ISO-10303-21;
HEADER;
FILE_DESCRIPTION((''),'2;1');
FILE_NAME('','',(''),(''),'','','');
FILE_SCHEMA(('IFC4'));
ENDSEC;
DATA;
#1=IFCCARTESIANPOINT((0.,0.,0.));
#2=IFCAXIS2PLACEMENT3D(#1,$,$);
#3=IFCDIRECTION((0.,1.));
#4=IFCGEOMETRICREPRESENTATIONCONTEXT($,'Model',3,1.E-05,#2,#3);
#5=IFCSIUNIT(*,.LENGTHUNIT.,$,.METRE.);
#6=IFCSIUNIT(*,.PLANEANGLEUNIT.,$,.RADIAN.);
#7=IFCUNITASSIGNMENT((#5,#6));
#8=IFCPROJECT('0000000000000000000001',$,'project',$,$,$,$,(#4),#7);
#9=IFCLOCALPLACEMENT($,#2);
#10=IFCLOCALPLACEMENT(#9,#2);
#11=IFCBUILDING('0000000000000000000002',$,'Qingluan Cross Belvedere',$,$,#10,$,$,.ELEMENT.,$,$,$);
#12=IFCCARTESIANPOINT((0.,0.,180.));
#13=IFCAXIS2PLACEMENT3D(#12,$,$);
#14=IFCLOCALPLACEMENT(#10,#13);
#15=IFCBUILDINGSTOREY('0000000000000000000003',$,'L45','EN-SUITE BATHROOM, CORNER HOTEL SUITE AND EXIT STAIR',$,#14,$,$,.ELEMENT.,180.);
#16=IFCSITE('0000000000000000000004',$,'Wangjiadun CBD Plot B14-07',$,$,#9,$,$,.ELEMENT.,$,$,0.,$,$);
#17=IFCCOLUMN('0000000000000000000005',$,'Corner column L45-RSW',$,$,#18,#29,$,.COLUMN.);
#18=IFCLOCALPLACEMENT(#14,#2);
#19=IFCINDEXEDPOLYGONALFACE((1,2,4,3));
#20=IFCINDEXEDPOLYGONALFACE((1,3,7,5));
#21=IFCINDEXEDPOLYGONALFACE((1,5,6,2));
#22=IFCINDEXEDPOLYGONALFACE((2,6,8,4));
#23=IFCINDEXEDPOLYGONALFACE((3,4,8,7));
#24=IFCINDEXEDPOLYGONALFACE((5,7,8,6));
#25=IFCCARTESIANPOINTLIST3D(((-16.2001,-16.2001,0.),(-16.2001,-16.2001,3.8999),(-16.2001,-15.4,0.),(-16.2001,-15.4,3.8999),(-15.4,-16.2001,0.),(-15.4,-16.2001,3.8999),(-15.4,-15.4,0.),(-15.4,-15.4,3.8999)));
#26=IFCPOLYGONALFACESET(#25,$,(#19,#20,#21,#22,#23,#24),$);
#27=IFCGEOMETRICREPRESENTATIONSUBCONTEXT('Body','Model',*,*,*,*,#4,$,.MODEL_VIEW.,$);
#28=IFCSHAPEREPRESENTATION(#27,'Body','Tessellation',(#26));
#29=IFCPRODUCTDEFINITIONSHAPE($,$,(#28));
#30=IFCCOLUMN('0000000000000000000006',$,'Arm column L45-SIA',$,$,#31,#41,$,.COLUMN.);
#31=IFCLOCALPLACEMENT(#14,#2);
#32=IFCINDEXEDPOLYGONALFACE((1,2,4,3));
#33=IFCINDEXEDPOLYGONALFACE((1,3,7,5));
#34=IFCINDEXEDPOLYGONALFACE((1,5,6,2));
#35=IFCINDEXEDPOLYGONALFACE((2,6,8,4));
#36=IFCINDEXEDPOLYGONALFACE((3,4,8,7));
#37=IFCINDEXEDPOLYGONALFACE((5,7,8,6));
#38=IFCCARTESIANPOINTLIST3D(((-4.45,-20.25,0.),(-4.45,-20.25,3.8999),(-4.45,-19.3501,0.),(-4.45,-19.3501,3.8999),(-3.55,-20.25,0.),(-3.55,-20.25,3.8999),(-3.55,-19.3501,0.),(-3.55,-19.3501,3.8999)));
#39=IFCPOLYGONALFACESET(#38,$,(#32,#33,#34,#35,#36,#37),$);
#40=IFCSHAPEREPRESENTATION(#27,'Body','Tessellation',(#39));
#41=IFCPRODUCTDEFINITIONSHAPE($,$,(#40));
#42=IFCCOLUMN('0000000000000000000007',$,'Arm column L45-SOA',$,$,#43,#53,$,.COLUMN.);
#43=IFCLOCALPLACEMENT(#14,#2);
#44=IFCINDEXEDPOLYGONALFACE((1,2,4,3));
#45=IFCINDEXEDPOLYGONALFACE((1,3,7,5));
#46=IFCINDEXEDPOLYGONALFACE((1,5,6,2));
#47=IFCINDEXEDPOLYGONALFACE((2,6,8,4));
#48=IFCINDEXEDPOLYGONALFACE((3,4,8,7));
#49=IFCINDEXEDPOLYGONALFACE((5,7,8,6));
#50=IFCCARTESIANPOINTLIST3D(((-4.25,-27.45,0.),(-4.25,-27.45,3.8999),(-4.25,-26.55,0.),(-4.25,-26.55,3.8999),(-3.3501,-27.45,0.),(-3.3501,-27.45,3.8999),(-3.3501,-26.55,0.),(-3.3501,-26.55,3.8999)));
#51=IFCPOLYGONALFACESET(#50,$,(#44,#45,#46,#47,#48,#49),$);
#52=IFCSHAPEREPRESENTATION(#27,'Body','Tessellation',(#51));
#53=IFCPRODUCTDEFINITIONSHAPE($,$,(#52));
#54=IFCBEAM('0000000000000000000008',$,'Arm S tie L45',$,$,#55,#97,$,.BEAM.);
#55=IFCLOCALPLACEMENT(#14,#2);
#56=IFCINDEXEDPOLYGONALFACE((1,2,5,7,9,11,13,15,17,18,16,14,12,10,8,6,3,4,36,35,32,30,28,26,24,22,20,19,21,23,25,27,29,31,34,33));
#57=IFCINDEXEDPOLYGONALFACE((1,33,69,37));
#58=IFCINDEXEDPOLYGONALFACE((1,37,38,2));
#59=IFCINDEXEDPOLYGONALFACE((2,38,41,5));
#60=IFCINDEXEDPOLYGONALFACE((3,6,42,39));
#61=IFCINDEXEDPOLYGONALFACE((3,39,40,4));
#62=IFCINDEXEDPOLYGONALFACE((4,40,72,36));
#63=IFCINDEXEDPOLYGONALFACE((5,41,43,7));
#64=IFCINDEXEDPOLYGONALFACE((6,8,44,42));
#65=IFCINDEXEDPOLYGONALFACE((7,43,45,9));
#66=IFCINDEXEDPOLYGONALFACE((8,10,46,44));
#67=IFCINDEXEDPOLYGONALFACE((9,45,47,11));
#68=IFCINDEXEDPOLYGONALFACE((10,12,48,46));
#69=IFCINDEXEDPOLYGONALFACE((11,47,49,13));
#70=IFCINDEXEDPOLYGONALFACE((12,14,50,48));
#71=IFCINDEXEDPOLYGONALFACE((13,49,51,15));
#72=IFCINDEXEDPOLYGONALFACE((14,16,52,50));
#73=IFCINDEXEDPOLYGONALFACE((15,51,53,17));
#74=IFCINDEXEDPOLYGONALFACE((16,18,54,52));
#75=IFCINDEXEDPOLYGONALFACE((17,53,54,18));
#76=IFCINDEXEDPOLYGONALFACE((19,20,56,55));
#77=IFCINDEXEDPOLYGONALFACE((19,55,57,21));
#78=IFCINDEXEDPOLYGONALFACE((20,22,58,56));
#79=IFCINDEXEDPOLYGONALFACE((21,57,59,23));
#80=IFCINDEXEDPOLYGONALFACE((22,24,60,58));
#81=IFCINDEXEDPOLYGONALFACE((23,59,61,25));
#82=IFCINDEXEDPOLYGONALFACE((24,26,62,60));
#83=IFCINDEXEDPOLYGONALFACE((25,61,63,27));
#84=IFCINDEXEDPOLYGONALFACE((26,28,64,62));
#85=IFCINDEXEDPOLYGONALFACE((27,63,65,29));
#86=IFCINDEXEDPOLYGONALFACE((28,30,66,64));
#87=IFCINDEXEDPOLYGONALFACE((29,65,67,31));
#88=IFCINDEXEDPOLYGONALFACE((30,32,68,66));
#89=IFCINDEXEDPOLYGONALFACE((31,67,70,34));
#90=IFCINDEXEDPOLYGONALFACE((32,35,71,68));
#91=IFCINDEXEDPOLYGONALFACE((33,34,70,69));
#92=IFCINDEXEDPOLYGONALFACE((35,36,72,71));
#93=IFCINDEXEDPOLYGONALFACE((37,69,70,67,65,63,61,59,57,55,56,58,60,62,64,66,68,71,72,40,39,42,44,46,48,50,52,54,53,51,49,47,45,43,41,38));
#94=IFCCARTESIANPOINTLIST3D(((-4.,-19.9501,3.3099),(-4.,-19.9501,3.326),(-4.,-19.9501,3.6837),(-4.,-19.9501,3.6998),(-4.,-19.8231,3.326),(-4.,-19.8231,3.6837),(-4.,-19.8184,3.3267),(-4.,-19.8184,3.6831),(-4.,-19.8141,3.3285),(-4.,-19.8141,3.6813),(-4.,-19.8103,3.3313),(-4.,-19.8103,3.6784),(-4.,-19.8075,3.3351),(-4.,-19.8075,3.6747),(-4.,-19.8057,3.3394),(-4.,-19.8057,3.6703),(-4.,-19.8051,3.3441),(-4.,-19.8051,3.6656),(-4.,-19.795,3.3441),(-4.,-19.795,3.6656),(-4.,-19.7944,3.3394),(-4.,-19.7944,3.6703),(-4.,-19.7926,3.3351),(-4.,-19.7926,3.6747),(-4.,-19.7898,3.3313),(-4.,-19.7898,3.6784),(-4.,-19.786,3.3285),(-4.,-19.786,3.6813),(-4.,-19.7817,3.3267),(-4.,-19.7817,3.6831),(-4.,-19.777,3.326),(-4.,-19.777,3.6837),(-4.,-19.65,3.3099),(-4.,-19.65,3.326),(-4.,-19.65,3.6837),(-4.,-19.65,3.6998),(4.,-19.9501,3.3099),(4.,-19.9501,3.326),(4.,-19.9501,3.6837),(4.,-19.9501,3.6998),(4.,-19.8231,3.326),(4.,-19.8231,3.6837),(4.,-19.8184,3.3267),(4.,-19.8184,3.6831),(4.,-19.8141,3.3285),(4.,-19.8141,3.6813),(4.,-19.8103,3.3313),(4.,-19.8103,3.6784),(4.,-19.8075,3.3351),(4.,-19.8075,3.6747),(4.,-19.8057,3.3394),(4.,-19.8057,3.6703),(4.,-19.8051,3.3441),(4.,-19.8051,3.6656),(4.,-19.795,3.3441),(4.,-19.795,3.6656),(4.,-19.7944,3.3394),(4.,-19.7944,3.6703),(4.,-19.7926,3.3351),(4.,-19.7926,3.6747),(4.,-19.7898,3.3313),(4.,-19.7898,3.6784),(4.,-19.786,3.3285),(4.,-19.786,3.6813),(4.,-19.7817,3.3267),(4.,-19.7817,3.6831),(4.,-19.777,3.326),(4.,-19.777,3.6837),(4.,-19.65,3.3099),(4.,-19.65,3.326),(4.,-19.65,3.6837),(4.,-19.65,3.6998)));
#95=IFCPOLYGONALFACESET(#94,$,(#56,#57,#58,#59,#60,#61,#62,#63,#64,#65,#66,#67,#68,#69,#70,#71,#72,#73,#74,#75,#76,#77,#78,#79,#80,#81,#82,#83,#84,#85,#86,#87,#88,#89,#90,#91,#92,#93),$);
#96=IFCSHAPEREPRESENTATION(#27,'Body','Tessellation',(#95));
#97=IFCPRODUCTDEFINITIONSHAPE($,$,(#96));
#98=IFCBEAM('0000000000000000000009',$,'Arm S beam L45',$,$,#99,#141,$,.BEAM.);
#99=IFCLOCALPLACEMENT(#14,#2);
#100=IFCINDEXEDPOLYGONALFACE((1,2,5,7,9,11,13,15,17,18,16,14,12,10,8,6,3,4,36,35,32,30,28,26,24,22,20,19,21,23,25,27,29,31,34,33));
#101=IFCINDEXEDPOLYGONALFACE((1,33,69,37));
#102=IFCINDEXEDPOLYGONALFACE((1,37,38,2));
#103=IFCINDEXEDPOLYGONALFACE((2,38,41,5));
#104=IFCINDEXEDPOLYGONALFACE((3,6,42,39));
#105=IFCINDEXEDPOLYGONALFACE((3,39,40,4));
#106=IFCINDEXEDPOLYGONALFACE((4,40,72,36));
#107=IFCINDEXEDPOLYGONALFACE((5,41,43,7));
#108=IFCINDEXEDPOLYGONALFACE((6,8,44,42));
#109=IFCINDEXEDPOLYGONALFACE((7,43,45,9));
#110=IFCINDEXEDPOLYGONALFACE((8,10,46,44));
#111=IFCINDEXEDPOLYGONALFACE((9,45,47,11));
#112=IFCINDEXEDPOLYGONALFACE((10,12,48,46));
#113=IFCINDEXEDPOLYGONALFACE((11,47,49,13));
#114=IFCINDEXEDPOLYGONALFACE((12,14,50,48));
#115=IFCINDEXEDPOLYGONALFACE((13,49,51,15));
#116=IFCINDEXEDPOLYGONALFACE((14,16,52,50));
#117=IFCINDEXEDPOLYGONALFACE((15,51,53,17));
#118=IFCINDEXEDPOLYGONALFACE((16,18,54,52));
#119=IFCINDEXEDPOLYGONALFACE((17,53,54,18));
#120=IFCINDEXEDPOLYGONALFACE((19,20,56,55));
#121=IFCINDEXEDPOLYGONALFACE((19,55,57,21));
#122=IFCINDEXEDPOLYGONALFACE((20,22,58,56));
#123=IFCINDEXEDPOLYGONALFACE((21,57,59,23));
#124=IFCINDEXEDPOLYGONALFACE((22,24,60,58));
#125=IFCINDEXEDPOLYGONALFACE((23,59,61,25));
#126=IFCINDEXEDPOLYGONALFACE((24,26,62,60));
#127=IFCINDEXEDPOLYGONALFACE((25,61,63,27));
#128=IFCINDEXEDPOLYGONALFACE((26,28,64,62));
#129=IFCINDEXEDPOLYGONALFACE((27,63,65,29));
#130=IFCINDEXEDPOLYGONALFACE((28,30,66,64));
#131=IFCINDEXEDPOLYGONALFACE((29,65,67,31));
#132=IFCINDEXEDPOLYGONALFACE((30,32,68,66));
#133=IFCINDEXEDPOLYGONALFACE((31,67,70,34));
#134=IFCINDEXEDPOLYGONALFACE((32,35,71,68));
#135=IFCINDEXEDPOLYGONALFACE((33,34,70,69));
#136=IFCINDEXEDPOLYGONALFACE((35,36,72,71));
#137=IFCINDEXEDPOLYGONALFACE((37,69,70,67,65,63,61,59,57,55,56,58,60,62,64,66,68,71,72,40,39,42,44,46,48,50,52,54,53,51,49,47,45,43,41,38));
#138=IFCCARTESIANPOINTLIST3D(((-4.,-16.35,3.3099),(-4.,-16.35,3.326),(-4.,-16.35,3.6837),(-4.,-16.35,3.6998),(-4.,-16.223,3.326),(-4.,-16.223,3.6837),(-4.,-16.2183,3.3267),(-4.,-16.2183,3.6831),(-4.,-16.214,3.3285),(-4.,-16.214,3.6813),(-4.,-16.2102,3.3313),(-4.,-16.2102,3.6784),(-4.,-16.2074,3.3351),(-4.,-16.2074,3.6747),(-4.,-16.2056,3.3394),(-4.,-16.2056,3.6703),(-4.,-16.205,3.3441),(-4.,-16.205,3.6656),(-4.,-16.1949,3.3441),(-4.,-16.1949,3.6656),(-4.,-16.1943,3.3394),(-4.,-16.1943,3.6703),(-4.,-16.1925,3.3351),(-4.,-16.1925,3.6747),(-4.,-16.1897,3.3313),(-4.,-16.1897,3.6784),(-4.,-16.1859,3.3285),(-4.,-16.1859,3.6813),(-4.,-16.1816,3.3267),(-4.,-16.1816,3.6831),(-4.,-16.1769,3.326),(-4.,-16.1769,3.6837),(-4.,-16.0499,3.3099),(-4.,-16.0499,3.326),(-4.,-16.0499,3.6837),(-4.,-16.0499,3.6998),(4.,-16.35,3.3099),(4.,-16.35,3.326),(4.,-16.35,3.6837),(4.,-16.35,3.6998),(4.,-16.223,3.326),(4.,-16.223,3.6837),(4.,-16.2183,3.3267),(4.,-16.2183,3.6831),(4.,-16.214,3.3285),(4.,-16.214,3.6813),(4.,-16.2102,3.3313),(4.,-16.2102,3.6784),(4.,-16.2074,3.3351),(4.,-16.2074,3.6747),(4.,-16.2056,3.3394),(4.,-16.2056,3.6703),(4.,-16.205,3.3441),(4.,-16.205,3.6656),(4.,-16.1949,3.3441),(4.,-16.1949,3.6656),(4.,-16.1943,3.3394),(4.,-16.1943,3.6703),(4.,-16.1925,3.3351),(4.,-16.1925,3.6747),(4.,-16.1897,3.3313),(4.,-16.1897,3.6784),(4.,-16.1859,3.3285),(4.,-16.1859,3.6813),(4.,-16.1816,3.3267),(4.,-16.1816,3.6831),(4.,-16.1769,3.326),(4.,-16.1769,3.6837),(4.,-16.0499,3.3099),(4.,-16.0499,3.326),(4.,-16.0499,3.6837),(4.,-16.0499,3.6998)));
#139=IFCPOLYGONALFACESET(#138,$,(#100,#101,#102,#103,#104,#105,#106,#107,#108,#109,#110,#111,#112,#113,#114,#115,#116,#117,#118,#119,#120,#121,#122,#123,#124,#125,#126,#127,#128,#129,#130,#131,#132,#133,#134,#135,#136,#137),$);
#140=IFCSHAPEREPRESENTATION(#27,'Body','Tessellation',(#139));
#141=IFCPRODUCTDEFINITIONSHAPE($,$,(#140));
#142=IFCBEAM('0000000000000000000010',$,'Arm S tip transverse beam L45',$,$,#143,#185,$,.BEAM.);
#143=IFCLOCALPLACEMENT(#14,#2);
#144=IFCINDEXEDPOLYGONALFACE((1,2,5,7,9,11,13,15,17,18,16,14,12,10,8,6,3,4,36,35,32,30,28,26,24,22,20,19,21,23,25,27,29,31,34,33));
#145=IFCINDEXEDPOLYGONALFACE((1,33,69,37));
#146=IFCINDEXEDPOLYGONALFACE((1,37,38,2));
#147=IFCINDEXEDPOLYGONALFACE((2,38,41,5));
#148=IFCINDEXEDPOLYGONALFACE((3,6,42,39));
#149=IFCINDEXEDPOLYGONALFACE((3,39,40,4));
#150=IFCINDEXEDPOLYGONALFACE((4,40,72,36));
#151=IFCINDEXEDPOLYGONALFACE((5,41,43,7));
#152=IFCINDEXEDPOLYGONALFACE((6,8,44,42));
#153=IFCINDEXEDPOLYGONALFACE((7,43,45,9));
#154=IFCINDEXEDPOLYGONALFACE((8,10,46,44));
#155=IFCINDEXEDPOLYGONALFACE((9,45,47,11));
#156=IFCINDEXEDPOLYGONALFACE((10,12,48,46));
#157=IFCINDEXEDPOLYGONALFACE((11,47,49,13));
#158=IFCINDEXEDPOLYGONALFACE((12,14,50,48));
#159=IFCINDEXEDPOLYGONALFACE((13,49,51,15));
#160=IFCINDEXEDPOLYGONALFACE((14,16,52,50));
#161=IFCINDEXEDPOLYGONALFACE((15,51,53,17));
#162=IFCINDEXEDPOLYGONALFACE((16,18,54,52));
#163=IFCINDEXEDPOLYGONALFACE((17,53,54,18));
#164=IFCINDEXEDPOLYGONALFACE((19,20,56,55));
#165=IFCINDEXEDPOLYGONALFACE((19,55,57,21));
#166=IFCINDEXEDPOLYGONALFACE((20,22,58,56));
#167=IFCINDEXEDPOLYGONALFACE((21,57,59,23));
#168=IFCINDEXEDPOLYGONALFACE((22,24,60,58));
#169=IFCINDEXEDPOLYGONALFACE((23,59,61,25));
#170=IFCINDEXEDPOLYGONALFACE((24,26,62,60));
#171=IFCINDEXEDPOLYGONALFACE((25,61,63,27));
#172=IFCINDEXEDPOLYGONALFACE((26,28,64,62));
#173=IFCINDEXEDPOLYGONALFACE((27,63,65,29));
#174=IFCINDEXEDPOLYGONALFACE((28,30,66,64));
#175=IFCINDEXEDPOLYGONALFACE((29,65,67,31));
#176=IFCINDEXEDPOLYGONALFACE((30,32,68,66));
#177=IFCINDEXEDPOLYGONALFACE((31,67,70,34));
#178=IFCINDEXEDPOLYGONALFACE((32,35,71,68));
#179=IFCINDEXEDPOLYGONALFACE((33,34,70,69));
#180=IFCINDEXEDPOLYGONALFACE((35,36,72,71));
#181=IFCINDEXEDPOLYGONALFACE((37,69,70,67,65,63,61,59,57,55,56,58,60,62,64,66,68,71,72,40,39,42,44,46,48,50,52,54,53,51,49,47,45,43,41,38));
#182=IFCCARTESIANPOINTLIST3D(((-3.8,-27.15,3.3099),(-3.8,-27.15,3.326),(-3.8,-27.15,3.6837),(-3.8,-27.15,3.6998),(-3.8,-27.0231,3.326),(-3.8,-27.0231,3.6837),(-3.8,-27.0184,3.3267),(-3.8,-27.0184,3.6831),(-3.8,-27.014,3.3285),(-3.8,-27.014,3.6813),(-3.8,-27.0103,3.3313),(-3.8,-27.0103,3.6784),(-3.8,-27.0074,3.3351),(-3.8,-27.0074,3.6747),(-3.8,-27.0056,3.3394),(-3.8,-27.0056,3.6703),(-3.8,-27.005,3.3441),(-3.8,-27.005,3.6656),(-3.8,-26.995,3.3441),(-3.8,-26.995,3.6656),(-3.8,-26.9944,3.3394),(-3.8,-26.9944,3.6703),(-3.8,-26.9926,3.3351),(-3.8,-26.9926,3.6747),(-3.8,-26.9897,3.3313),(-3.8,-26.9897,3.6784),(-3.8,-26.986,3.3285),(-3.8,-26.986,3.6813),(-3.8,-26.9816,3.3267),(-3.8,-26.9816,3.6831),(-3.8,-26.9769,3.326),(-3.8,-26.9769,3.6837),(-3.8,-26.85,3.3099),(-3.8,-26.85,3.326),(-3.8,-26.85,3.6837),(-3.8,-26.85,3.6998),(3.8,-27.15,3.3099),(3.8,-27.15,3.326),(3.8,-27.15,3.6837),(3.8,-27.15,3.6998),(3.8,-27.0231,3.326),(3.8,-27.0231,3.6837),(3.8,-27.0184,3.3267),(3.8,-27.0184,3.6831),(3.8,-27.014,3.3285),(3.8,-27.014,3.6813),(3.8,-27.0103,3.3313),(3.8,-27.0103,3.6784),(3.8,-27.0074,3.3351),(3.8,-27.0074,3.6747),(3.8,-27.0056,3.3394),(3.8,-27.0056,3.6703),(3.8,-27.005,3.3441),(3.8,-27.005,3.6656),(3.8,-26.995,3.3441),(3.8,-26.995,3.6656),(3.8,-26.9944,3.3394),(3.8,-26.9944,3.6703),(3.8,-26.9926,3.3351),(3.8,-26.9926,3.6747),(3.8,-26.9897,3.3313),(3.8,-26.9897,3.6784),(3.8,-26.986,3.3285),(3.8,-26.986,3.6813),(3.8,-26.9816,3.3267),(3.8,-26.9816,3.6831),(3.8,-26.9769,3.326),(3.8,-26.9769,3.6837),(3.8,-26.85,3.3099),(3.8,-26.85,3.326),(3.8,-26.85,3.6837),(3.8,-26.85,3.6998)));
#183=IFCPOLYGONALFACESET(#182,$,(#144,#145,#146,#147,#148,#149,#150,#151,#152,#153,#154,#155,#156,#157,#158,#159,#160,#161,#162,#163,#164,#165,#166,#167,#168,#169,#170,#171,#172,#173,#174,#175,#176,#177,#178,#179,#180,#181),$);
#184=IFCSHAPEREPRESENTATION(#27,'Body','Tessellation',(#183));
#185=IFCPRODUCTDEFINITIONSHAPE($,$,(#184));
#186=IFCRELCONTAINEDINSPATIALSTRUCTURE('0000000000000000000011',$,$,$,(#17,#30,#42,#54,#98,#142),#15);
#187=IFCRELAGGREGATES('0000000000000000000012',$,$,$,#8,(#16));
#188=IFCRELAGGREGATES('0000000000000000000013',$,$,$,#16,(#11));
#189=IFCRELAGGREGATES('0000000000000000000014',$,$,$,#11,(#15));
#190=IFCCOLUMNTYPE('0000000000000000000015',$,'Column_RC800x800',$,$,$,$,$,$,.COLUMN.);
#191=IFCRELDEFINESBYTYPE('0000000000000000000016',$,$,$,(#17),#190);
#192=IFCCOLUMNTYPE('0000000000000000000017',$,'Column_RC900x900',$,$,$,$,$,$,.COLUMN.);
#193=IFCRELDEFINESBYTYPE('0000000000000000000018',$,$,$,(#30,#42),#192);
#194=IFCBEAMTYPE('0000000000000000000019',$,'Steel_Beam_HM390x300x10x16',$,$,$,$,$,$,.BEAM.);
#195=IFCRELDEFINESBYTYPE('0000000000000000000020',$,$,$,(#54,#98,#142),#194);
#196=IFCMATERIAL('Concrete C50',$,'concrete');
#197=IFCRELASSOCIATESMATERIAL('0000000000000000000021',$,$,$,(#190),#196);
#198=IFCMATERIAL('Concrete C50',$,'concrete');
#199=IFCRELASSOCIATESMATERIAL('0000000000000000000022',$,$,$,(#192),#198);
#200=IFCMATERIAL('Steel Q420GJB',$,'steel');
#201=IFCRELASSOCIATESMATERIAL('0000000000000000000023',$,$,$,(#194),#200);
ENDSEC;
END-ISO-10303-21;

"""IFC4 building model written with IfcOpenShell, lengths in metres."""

from ifc_helpers import new_model, si_unit, direction, frame, origin, origin_2d, place, context, subcontext, project, spatial, rectangle, i_section, extrude, material, material_profile, profile_set, type_object, element, save


model = new_model("IFC4")

# Units and contexts
model_context = context("Model", 3, precision=1e-05, world=origin(), true_north=direction((0.0, 1.0)))
body_context = subcontext(model_context, "Body", "Model", "MODEL_VIEW")
ifc_project = project(units=[si_unit("LENGTHUNIT", "METRE"), si_unit("PLANEANGLEUNIT", "RADIAN")], contexts=[model_context])

# Site, building, storey
site_placement = place(None, origin())
site = spatial("IfcSite", under=ifc_project, at=site_placement, Name="Wangjiadun CBD Plot B14-07", CompositionType="ELEMENT", RefElevation=0.0)
building_placement = place(site_placement, origin())
building = spatial("IfcBuilding", under=site, at=building_placement, Name="Qingluan Cross Belvedere", CompositionType="ELEMENT")
storey_placement = place(building_placement, frame((0.0, 0.0, 180.0)))
storey = spatial("IfcBuildingStorey", under=building, at=storey_placement, Name="L45", Description="EN-SUITE BATHROOM, CORNER HOTEL SUITE AND EXIT STAIR", CompositionType="ELEMENT", Elevation=180.0)

# Columns
ifc_material_1 = material(Name="Concrete C50", Category="concrete")
ifc_material_profile_1 = material_profile(ifc_material_1, rectangle(XDim=0.8, YDim=0.8, at=origin_2d()), Name="RC800x800")
ifc_profile_set_1 = profile_set([ifc_material_profile_1], Name="Concrete C50")
column_type_1 = type_object("IfcColumnType", Name="Column_RC800x800", PredefinedType="COLUMN", material=ifc_profile_set_1)
column_placement = place(storey_placement, frame((-15.8, -15.8, 0.0), z_axis=(0.0, 0.0, 1.0), x_axis=(1.0, 0.0, 0.0)))
element("IfcColumn", 1, at=column_placement, inside=storey, type_object=column_type_1, Name="Corner column L45-RSW", PredefinedType="COLUMN", context=body_context, shape_type="SweptSolid", body=[
    extrude(rectangle(XDim=0.8, YDim=0.8, at=origin_2d()), origin(), (0.0, 0.0, 1.0), 3.8999),
])
ifc_material_2 = material(Name="Concrete C50", Category="concrete")
ifc_material_profile_2 = material_profile(ifc_material_2, rectangle(XDim=0.8999, YDim=0.8999, at=origin_2d()), Name="RC900x900")
ifc_profile_set_2 = profile_set([ifc_material_profile_2], Name="Concrete C50")
column_type_2 = type_object("IfcColumnType", Name="Column_RC900x900", PredefinedType="COLUMN", material=ifc_profile_set_2)
for number, where, z_axis, x_axis, name in (
    (2, (-4.0, -19.8, 0.0), (0.0, 0.0, 1.0), (1.0, 0.0, 0.0), "Arm column L45-SIA"),
    (3, (-3.8, -27.0, 0.0), (0.0, 0.0, 1.0), (1.0, 0.0, 0.0), "Arm column L45-SOA"),
):
    element("IfcColumn", number, at=place(storey_placement, frame(where, z_axis=z_axis, x_axis=x_axis)), inside=storey, type_object=column_type_2, Name=name, PredefinedType="COLUMN", context=body_context, shape_type="SweptSolid", body=[
        extrude(rectangle(XDim=0.8999, YDim=0.8999, at=origin_2d()), origin(), (0.0, 0.0, 1.0), 3.8999),
    ])

# Beams
ifc_material_3 = material(Name="Steel Q420GJB", Category="steel")
ifc_material_profile_3 = material_profile(ifc_material_3, i_section(OverallWidth=0.3, OverallDepth=0.3899, WebThickness=0.01, FlangeThickness=0.0161, FilletRadius=0.0181, at=origin_2d()), Name="HM390x300x10x16")
ifc_profile_set_3 = profile_set([ifc_material_profile_3], Name="Steel Q420GJB")
beam_type_1 = type_object("IfcBeamType", Name="Steel_Beam_HM390x300x10x16", PredefinedType="BEAM", material=ifc_profile_set_3)
for number, where, z_axis, x_axis, name in (
    (4, (-4.0, -19.8, 3.5049), (1.0, 0.0, 0.0), (0.0, 1.0, 0.0), "Arm S tie L45"),
    (5, (-4.0, -16.2, 3.5049), (1.0, 0.0, 0.0), (0.0, 1.0, 0.0), "Arm S beam L45"),
):
    element("IfcBeam", number, at=place(storey_placement, frame(where, z_axis=z_axis, x_axis=x_axis)), inside=storey, type_object=beam_type_1, Name=name, PredefinedType="BEAM", context=body_context, shape_type="SweptSolid", body=[
        extrude(i_section(OverallWidth=0.3, OverallDepth=0.3899, WebThickness=0.01, FlangeThickness=0.0161, FilletRadius=0.0181, at=origin_2d()), origin(), (0.0, 0.0, 1.0), 8.0),
    ])
beam_1_placement = place(storey_placement, frame((-3.8, -27.0, 3.5049), z_axis=(1.0, 0.0, 0.0), x_axis=(0.0, 1.0, 0.0)))
element("IfcBeam", 6, at=beam_1_placement, inside=storey, type_object=beam_type_1, Name="Arm S tip transverse beam L45", PredefinedType="BEAM", context=body_context, shape_type="SweptSolid", body=[
    extrude(i_section(OverallWidth=0.3, OverallDepth=0.3899, WebThickness=0.01, FlangeThickness=0.0161, FilletRadius=0.0181, at=origin_2d()), origin(), (0.0, 0.0, 1.0), 7.6001),
])

save(model, "model.ifc")
